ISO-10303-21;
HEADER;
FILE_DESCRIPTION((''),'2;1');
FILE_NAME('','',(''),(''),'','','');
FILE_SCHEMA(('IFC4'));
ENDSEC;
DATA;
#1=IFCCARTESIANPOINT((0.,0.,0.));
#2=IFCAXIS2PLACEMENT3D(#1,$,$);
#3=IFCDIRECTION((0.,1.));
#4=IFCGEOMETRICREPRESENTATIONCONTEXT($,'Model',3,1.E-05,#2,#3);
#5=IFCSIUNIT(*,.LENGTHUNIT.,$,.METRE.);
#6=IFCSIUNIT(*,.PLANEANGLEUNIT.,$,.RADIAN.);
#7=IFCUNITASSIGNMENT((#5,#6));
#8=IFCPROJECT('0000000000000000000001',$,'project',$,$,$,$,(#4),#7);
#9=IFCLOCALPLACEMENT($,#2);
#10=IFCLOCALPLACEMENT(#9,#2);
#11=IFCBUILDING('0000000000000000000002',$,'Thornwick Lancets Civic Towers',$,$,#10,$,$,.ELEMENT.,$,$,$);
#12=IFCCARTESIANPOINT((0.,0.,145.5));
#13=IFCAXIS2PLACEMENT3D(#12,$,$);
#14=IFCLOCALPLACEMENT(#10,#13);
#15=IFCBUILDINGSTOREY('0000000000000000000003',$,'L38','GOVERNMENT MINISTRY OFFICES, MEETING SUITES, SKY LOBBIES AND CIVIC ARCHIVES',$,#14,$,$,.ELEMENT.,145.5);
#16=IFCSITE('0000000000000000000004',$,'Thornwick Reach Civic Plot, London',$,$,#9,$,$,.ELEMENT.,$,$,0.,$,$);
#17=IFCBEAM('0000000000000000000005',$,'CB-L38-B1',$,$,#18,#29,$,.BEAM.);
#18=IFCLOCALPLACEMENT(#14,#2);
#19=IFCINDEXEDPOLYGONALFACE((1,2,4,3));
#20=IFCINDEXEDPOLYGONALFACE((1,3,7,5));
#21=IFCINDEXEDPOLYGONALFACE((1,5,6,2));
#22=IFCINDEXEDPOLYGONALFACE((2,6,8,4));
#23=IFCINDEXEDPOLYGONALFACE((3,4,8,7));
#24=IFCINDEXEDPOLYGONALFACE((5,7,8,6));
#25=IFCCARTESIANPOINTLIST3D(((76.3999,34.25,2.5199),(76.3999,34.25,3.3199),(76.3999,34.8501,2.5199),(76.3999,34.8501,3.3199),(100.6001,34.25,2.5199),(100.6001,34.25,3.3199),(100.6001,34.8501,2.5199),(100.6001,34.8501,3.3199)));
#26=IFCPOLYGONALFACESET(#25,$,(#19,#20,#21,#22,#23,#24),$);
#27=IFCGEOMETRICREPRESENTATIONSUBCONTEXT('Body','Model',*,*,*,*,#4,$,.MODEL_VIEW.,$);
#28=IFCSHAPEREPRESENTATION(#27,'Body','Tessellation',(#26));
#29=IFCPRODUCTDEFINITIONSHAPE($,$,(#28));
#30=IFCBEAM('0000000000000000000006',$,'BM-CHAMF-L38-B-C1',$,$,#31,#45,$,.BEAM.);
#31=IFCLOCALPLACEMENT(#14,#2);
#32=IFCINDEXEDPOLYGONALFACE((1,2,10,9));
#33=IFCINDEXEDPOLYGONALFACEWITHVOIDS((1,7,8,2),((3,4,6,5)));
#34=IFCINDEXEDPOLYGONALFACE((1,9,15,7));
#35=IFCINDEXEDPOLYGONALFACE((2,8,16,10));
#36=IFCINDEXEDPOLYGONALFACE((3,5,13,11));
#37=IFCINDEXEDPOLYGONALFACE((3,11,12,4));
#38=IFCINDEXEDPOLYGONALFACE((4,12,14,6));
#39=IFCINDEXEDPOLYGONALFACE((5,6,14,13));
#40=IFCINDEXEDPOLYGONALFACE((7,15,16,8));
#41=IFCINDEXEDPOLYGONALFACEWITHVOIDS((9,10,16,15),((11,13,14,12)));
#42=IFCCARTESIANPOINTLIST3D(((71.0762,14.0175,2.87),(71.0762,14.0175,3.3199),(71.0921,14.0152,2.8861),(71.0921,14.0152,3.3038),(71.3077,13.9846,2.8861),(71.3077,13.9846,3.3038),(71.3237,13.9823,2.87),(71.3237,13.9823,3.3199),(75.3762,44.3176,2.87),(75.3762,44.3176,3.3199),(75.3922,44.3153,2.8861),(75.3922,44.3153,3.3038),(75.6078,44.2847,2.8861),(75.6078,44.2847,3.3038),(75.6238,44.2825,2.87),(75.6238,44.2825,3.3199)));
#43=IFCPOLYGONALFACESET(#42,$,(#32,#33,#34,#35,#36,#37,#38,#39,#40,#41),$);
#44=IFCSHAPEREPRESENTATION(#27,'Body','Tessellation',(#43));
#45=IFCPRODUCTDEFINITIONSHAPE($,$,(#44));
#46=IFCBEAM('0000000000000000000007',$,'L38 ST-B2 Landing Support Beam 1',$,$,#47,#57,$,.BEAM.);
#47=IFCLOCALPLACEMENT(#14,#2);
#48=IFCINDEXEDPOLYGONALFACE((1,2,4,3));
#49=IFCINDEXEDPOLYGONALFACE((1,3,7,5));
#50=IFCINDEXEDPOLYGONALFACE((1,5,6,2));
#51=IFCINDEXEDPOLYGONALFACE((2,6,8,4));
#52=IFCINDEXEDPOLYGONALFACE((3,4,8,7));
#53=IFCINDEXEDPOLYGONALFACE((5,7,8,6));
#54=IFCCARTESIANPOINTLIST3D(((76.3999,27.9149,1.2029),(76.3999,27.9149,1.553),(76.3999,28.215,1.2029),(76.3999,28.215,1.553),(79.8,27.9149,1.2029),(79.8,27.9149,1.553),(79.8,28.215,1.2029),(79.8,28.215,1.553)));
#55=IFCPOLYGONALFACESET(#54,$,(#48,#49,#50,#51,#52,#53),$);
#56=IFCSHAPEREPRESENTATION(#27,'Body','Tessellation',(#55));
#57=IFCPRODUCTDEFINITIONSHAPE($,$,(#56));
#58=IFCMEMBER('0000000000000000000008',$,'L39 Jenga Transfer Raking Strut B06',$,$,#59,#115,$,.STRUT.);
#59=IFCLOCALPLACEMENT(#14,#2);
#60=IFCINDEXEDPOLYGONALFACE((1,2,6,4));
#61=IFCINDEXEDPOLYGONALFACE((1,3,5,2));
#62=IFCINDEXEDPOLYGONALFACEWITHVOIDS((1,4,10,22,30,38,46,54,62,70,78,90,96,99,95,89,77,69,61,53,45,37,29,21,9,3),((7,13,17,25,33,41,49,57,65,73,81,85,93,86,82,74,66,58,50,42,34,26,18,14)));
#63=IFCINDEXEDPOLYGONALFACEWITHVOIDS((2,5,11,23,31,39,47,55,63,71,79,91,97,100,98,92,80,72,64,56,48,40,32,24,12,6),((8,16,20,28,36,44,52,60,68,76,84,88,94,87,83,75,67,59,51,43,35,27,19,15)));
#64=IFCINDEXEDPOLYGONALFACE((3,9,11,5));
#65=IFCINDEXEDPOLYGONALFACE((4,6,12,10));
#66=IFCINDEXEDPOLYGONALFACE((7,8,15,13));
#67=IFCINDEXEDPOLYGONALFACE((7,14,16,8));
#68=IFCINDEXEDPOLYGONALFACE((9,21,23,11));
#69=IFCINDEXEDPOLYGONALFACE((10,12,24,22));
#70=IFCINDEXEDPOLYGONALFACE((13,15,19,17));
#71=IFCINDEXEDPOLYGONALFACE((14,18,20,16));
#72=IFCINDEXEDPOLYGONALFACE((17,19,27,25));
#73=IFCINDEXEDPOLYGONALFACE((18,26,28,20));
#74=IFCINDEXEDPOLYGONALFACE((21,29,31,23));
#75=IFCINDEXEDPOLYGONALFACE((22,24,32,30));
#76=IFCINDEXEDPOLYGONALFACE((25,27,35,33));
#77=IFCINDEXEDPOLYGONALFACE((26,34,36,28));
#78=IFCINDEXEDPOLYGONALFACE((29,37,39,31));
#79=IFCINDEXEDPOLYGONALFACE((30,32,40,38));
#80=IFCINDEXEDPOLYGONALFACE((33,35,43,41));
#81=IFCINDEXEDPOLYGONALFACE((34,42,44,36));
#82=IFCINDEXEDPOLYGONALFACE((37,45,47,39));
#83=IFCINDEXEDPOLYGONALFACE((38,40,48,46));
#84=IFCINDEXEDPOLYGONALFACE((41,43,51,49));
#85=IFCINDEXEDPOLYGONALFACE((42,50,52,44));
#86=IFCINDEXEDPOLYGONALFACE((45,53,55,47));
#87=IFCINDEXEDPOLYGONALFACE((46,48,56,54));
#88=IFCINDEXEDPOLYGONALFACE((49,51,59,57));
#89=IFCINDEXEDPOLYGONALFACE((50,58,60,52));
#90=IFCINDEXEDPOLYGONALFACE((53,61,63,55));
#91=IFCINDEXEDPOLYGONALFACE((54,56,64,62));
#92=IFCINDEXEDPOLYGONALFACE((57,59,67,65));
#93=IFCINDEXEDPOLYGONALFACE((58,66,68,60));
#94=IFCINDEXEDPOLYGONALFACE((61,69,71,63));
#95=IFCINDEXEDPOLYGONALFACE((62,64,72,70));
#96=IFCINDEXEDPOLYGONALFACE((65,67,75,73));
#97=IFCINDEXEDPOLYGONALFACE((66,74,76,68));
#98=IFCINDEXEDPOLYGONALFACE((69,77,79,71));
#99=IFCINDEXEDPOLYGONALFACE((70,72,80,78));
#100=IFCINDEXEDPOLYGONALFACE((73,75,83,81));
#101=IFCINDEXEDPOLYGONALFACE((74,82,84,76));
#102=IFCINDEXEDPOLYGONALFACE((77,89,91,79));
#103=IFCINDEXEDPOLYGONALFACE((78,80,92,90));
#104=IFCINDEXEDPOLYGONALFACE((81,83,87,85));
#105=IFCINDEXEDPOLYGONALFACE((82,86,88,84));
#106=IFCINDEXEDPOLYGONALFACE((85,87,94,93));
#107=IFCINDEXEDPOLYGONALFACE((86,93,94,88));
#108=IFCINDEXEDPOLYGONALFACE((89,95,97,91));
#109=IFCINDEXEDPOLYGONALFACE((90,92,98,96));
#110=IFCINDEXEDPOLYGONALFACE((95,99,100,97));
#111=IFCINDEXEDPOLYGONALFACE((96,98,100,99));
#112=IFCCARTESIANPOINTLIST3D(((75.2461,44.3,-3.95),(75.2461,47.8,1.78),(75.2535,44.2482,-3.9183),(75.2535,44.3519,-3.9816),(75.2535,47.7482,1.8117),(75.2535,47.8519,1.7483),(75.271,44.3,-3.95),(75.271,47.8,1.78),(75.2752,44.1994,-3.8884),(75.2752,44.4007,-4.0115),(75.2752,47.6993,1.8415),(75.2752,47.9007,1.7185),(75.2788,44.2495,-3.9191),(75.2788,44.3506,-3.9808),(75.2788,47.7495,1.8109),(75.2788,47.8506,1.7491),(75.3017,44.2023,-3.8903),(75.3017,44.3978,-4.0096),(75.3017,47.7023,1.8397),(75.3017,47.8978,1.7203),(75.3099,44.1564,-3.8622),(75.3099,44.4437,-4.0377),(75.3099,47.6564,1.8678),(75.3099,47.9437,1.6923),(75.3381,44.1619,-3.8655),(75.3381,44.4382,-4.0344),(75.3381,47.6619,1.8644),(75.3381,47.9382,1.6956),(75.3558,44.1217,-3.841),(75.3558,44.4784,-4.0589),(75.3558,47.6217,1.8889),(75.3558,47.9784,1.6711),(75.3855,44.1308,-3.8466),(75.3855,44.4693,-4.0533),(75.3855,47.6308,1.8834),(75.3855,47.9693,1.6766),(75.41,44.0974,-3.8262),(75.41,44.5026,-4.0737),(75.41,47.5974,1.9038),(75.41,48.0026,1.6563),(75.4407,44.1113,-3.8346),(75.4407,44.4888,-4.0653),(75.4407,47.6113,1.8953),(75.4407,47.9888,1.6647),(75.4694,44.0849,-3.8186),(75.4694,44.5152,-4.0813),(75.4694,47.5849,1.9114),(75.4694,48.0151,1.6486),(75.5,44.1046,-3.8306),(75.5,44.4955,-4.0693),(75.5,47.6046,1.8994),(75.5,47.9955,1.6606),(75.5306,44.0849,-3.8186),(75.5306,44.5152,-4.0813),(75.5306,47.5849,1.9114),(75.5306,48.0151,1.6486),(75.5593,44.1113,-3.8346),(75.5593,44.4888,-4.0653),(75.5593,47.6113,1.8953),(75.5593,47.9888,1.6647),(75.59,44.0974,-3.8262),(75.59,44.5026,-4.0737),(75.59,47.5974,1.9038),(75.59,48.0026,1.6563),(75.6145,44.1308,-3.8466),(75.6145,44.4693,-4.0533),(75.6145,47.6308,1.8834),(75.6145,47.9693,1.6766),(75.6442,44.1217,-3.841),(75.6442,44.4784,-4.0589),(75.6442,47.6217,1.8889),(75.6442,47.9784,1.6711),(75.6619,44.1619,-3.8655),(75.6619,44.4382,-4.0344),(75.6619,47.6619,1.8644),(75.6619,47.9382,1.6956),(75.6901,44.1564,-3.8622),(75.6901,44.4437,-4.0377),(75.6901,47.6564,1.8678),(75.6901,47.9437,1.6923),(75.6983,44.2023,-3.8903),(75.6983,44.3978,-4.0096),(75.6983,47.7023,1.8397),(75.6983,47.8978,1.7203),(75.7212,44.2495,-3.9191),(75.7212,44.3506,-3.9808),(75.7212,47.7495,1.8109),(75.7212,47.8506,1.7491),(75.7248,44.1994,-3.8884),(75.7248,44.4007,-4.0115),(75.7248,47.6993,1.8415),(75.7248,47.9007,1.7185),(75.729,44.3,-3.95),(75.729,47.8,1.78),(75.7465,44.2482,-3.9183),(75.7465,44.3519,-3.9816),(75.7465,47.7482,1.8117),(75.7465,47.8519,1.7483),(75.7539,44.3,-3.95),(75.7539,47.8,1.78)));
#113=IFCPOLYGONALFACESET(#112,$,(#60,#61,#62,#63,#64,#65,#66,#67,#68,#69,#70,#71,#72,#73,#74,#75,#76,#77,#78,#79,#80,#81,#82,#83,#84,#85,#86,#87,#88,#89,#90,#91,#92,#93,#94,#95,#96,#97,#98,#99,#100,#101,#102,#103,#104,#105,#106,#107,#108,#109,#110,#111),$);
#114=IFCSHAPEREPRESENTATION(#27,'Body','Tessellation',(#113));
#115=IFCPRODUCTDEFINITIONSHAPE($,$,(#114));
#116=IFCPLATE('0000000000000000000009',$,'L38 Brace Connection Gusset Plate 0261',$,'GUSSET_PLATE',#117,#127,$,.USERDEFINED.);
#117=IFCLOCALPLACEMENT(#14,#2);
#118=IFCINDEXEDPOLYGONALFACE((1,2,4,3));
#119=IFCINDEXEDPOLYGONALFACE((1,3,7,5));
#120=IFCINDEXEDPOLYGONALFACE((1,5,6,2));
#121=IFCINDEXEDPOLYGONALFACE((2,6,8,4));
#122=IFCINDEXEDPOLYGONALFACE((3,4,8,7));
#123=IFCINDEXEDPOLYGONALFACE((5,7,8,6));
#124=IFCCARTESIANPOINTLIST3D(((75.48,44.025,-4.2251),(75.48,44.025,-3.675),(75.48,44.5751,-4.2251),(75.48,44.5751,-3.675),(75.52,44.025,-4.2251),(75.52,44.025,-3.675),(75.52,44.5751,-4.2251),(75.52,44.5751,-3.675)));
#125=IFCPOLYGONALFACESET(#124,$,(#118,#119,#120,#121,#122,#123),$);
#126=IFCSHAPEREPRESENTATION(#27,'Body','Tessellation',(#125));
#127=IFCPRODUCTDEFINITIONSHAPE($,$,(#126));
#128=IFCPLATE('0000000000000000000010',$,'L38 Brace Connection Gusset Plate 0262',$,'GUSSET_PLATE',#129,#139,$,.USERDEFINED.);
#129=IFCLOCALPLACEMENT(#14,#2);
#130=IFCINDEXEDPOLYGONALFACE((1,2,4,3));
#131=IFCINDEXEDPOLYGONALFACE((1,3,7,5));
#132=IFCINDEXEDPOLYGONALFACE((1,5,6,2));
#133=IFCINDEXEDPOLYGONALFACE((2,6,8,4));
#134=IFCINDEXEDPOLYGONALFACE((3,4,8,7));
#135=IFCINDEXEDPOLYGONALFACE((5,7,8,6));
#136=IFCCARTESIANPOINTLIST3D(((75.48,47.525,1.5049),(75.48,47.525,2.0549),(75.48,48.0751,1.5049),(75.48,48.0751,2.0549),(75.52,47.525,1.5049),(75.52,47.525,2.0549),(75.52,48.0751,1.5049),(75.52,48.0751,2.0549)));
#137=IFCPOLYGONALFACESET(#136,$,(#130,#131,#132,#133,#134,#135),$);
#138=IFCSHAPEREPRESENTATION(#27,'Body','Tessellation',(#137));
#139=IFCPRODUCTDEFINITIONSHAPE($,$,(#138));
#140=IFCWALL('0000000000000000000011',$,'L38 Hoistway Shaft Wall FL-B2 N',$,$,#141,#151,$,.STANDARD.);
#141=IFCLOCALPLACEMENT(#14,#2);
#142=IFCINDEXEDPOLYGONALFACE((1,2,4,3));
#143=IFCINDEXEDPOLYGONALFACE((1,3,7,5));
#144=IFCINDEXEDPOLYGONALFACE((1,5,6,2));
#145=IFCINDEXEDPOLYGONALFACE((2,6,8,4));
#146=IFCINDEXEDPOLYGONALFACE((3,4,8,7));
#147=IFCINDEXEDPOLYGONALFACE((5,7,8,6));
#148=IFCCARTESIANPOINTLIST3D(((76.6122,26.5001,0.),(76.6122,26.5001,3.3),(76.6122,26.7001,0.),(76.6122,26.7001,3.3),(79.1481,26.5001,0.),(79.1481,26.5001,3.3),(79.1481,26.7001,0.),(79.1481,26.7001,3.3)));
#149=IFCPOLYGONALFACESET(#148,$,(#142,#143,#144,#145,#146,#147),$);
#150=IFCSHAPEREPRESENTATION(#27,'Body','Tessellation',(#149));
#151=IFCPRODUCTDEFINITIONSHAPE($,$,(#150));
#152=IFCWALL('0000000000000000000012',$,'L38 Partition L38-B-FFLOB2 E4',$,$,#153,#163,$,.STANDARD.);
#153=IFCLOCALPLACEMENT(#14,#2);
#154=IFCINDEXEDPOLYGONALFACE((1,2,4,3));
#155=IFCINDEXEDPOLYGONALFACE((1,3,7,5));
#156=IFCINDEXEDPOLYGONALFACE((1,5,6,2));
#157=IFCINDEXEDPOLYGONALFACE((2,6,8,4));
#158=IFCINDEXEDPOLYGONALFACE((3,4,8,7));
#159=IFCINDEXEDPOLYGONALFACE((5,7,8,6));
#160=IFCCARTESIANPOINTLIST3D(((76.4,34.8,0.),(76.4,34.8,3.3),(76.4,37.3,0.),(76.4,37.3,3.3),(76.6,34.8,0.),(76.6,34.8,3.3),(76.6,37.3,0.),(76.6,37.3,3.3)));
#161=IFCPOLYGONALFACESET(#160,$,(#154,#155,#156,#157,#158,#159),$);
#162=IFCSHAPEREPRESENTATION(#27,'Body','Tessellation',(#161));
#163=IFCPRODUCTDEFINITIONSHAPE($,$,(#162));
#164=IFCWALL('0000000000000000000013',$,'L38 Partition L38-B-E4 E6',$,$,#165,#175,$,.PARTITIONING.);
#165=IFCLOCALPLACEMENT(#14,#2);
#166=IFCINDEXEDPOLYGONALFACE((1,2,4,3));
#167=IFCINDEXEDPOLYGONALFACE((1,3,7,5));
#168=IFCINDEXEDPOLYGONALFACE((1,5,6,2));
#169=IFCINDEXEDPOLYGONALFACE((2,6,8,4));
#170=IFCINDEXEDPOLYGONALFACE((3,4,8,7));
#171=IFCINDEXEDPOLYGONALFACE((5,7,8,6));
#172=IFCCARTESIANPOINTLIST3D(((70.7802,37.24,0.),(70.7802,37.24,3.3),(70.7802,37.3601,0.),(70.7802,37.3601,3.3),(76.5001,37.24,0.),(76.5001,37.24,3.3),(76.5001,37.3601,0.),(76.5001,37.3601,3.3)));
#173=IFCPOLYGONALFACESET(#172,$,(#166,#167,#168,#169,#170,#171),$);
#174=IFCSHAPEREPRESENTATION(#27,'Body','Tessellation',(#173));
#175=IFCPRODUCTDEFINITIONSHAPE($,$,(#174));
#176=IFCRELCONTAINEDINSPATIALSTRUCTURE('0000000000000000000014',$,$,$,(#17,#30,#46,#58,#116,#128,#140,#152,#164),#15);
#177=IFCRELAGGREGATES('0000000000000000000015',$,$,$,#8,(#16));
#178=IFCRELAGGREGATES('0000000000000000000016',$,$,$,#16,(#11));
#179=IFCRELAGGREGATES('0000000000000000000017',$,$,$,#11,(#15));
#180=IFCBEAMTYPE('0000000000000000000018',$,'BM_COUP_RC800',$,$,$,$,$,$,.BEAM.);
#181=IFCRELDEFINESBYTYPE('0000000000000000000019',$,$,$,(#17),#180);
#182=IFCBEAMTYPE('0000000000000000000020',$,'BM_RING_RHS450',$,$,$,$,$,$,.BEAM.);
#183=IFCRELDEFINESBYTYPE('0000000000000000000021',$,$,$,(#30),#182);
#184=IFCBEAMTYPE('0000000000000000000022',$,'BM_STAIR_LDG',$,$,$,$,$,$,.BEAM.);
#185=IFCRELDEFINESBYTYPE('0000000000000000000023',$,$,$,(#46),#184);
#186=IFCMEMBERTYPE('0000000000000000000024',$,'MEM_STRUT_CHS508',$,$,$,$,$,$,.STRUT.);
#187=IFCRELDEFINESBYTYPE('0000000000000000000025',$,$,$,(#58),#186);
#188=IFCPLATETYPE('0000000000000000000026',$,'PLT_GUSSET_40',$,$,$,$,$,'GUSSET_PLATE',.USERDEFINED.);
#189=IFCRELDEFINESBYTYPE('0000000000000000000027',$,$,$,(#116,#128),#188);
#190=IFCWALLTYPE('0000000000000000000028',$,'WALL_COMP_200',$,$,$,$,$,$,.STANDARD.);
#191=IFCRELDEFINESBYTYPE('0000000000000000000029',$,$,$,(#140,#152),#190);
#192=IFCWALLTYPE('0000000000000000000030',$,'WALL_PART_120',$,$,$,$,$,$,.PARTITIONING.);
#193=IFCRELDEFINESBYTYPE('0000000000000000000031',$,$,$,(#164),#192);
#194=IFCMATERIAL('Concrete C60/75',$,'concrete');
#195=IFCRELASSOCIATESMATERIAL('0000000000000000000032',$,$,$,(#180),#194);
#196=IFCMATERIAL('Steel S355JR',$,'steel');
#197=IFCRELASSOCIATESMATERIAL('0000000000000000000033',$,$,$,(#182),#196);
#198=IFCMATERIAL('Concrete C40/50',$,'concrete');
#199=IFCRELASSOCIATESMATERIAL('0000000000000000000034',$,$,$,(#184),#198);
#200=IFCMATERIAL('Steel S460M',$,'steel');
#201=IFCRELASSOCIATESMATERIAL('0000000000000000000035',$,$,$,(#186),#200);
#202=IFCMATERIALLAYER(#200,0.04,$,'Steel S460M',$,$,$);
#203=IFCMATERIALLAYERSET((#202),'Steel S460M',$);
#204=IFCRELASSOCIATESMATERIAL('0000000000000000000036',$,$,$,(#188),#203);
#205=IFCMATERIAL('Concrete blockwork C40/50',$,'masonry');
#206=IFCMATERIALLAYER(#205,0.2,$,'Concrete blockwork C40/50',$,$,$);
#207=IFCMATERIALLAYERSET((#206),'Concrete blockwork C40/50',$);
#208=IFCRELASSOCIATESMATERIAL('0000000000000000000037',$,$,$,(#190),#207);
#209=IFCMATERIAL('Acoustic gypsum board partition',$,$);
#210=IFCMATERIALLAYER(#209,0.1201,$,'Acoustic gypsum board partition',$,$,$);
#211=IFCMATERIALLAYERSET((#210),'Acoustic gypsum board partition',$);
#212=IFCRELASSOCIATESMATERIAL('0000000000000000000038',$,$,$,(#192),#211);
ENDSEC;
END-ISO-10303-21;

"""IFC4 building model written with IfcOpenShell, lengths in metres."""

from ifc_helpers import new_model, si_unit, direction, frame, frame_2d, origin, origin_2d, place, context, subcontext, project, spatial, rectangle, hollow_rectangle, hollow_circle, extrude, material, layer, layer_set, material_profile, profile_set, type_object, element, save


model = new_model("IFC4")

# Units and contexts
model_context = context("Model", 3, precision=1e-05, world=origin(), true_north=direction((0.0, 1.0)))
body_context = subcontext(model_context, "Body", "Model", "MODEL_VIEW")
ifc_project = project(units=[si_unit("LENGTHUNIT", "METRE"), si_unit("PLANEANGLEUNIT", "RADIAN")], contexts=[model_context])

# Site, building, storey
site_placement = place(None, origin())
site = spatial("IfcSite", under=ifc_project, at=site_placement, Name="Thornwick Reach Civic Plot, London", CompositionType="ELEMENT", RefElevation=0.0)
building_placement = place(site_placement, origin())
building = spatial("IfcBuilding", under=site, at=building_placement, Name="Thornwick Lancets Civic Towers", CompositionType="ELEMENT")
storey_placement = place(building_placement, frame((0.0, 0.0, 145.5)))
storey = spatial("IfcBuildingStorey", under=building, at=storey_placement, Name="L38", Description="GOVERNMENT MINISTRY OFFICES, MEETING SUITES, SKY LOBBIES AND CIVIC ARCHIVES", CompositionType="ELEMENT", Elevation=145.5)

# Beams
ifc_material_1 = material(Name="Concrete C60/75", Category="concrete")
ifc_material_profile_1 = material_profile(ifc_material_1, rectangle(XDim=0.6001, YDim=0.8, at=origin_2d()), Name="RC 600x800")
ifc_profile_set_1 = profile_set([ifc_material_profile_1], Name="Concrete C60/75")
beam_type_1 = type_object("IfcBeamType", Name="BM_COUP_RC800", PredefinedType="BEAM", material=ifc_profile_set_1)
beam_1_placement = place(storey_placement, frame((76.3999, 34.55, 2.9199), z_axis=(1.0, 0.0, 0.0), x_axis=(0.0, 1.0, 0.0)))
element("IfcBeam", 1, at=beam_1_placement, inside=storey, type_object=beam_type_1, Name="CB-L38-B1", PredefinedType="BEAM", context=body_context, shape_type="SweptSolid", body=[
    extrude(rectangle(XDim=0.6001, YDim=0.8, at=origin_2d()), origin(), (0.0, 0.0, 1.0), 24.2002),
])
ifc_material_2 = material(Name="Steel S355JR", Category="steel")
ifc_material_profile_2 = material_profile(ifc_material_2, hollow_rectangle(XDim=0.25, YDim=0.45, WallThickness=0.0161, at=origin_2d()), Name="RHS 450x250x16")
ifc_profile_set_2 = profile_set([ifc_material_profile_2], Name="Steel S355JR")
beam_type_2 = type_object("IfcBeamType", Name="BM_RING_RHS450", PredefinedType="BEAM", material=ifc_profile_set_2)
beam_2_placement = place(storey_placement, frame((75.5, 44.3, 3.095), z_axis=(-0.140508, -0.99008, 0.0), x_axis=(0.99008, -0.140508, 0.0)))
element("IfcBeam", 2, at=beam_2_placement, inside=storey, type_object=beam_type_2, Name="BM-CHAMF-L38-B-C1", PredefinedType="BEAM", context=body_context, shape_type="SweptSolid", body=[
    extrude(hollow_rectangle(XDim=0.25, YDim=0.45, WallThickness=0.0161, at=origin_2d()), origin(), (0.0, 0.0, 1.0), 30.6038),
])
ifc_material_3 = material(Name="Concrete C40/50", Category="concrete")
ifc_material_profile_3 = material_profile(ifc_material_3, rectangle(XDim=0.3, YDim=0.3501, at=origin_2d()), Name="RC 300x350")
ifc_profile_set_3 = profile_set([ifc_material_profile_3], Name="Concrete C40/50")
beam_type_3 = type_object("IfcBeamType", Name="BM_STAIR_LDG", PredefinedType="BEAM", material=ifc_profile_set_3)
beam_3_placement = place(storey_placement, frame((76.3999, 28.0649, 1.3779), z_axis=(1.0, 0.0, 0.0), x_axis=(0.0, 1.0, 0.0)))
element("IfcBeam", 3, at=beam_3_placement, inside=storey, type_object=beam_type_3, Name="L38 ST-B2 Landing Support Beam 1", PredefinedType="BEAM", context=body_context, shape_type="SweptSolid", body=[
    extrude(rectangle(XDim=0.3, YDim=0.3501, at=origin_2d()), origin(), (0.0, 0.0, 1.0), 3.4001),
])

# Member
ifc_material_4 = material(Name="Steel S460M", Category="steel")
ifc_material_profile_4 = material_profile(ifc_material_4, hollow_circle(Radius=0.2539, WallThickness=0.0249, at=origin_2d()), Name="CHS 508x25")
ifc_profile_set_4 = profile_set([ifc_material_profile_4], Name="Steel S460M")
member_type = type_object("IfcMemberType", Name="MEM_STRUT_CHS508", PredefinedType="STRUT", material=ifc_profile_set_4)
member_placement = place(storey_placement, frame((75.5, 44.3, -3.95), z_axis=(0.0, 0.521271, 0.853391), x_axis=(-1.0, 0.0, 0.0)))
element("IfcMember", 4, at=member_placement, inside=storey, type_object=member_type, Name="L39 Jenga Transfer Raking Strut B06", PredefinedType="STRUT", context=body_context, shape_type="SweptSolid", body=[
    extrude(hollow_circle(Radius=0.2539, WallThickness=0.0249, at=origin_2d()), origin(), (0.0, 0.0, 1.0), 6.7144),
])

# Plates
ifc_layer_1 = layer(ifc_material_4, 0.04, Name="Steel S460M")
ifc_layer_set_1 = layer_set([ifc_layer_1], Name="Steel S460M")
plate_type = type_object("IfcPlateType", Name="PLT_GUSSET_40", ElementType="GUSSET_PLATE", PredefinedType="USERDEFINED", material=ifc_layer_set_1)
for number, where, z_axis, x_axis, name in (
    (5, (75.5, 44.3, -4.2251), (0.0, 0.0, 1.0), (0.0, 1.0, 0.0), "L38 Brace Connection Gusset Plate 0261"),
    (6, (75.5, 47.8, 1.5049), (0.0, 0.0, 1.0), (0.0, 1.0, 0.0), "L38 Brace Connection Gusset Plate 0262"),
):
    element("IfcPlate", number, at=place(storey_placement, frame(where, z_axis=z_axis, x_axis=x_axis)), inside=storey, type_object=plate_type, Name=name, ObjectType="GUSSET_PLATE", PredefinedType="USERDEFINED", context=body_context, shape_type="SweptSolid", body=[
        extrude(rectangle(XDim=0.55, YDim=0.04, at=origin_2d()), origin(), (0.0, 0.0, 1.0), 0.55),
    ])

# Walls
ifc_material_5 = material(Name="Concrete blockwork C40/50", Category="masonry")
ifc_layer_2 = layer(ifc_material_5, 0.2, Name="Concrete blockwork C40/50")
ifc_layer_set_2 = layer_set([ifc_layer_2], Name="Concrete blockwork C40/50")
wall_type_1 = type_object("IfcWallType", Name="WALL_COMP_200", PredefinedType="STANDARD", material=ifc_layer_set_2)
wall_1_placement = place(storey_placement, frame((76.6121, 26.6001, 0.0), z_axis=(0.0, 0.0, 1.0), x_axis=(1.0, 0.0, 0.0)))
element("IfcWall", 7, at=wall_1_placement, inside=storey, type_object=wall_type_1, Name="L38 Hoistway Shaft Wall FL-B2 N", PredefinedType="STANDARD", context=body_context, shape_type="SweptSolid", body=[
    extrude(rectangle(XDim=2.5359, YDim=0.2, at=frame_2d((1.2681, 0.0))), origin(), (0.0, 0.0, 1.0), 3.3),
])
wall_2_placement = place(storey_placement, frame((76.5, 37.3, 0.0), z_axis=(0.0, 0.0, 1.0), x_axis=(0.0, -1.0, 0.0)))
element("IfcWall", 8, at=wall_2_placement, inside=storey, type_object=wall_type_1, Name="L38 Partition L38-B-FFLOB2 E4", PredefinedType="STANDARD", context=body_context, shape_type="SweptSolid", body=[
    extrude(rectangle(XDim=2.5, YDim=0.2, at=frame_2d((1.25, 0.0))), origin(), (0.0, 0.0, 1.0), 3.3),
])
ifc_material_6 = material(Name="Acoustic gypsum board partition")
ifc_layer_3 = layer(ifc_material_6, 0.1201, Name="Acoustic gypsum board partition")
ifc_layer_set_3 = layer_set([ifc_layer_3], Name="Acoustic gypsum board partition")
wall_type_2 = type_object("IfcWallType", Name="WALL_PART_120", PredefinedType="PARTITIONING", material=ifc_layer_set_3)
wall_3_placement = place(storey_placement, frame((76.5, 37.3, 0.0), z_axis=(0.0, 0.0, 1.0), x_axis=(-1.0, 0.0, 0.0)))
element("IfcWall", 9, at=wall_3_placement, inside=storey, type_object=wall_type_2, Name="L38 Partition L38-B-E4 E6", PredefinedType="PARTITIONING", context=body_context, shape_type="SweptSolid", body=[
    extrude(rectangle(XDim=5.72, YDim=0.1201, at=frame_2d((2.8599, 0.0))), origin(), (0.0, 0.0, 1.0), 3.3),
])

save(model, "model.ifc")
